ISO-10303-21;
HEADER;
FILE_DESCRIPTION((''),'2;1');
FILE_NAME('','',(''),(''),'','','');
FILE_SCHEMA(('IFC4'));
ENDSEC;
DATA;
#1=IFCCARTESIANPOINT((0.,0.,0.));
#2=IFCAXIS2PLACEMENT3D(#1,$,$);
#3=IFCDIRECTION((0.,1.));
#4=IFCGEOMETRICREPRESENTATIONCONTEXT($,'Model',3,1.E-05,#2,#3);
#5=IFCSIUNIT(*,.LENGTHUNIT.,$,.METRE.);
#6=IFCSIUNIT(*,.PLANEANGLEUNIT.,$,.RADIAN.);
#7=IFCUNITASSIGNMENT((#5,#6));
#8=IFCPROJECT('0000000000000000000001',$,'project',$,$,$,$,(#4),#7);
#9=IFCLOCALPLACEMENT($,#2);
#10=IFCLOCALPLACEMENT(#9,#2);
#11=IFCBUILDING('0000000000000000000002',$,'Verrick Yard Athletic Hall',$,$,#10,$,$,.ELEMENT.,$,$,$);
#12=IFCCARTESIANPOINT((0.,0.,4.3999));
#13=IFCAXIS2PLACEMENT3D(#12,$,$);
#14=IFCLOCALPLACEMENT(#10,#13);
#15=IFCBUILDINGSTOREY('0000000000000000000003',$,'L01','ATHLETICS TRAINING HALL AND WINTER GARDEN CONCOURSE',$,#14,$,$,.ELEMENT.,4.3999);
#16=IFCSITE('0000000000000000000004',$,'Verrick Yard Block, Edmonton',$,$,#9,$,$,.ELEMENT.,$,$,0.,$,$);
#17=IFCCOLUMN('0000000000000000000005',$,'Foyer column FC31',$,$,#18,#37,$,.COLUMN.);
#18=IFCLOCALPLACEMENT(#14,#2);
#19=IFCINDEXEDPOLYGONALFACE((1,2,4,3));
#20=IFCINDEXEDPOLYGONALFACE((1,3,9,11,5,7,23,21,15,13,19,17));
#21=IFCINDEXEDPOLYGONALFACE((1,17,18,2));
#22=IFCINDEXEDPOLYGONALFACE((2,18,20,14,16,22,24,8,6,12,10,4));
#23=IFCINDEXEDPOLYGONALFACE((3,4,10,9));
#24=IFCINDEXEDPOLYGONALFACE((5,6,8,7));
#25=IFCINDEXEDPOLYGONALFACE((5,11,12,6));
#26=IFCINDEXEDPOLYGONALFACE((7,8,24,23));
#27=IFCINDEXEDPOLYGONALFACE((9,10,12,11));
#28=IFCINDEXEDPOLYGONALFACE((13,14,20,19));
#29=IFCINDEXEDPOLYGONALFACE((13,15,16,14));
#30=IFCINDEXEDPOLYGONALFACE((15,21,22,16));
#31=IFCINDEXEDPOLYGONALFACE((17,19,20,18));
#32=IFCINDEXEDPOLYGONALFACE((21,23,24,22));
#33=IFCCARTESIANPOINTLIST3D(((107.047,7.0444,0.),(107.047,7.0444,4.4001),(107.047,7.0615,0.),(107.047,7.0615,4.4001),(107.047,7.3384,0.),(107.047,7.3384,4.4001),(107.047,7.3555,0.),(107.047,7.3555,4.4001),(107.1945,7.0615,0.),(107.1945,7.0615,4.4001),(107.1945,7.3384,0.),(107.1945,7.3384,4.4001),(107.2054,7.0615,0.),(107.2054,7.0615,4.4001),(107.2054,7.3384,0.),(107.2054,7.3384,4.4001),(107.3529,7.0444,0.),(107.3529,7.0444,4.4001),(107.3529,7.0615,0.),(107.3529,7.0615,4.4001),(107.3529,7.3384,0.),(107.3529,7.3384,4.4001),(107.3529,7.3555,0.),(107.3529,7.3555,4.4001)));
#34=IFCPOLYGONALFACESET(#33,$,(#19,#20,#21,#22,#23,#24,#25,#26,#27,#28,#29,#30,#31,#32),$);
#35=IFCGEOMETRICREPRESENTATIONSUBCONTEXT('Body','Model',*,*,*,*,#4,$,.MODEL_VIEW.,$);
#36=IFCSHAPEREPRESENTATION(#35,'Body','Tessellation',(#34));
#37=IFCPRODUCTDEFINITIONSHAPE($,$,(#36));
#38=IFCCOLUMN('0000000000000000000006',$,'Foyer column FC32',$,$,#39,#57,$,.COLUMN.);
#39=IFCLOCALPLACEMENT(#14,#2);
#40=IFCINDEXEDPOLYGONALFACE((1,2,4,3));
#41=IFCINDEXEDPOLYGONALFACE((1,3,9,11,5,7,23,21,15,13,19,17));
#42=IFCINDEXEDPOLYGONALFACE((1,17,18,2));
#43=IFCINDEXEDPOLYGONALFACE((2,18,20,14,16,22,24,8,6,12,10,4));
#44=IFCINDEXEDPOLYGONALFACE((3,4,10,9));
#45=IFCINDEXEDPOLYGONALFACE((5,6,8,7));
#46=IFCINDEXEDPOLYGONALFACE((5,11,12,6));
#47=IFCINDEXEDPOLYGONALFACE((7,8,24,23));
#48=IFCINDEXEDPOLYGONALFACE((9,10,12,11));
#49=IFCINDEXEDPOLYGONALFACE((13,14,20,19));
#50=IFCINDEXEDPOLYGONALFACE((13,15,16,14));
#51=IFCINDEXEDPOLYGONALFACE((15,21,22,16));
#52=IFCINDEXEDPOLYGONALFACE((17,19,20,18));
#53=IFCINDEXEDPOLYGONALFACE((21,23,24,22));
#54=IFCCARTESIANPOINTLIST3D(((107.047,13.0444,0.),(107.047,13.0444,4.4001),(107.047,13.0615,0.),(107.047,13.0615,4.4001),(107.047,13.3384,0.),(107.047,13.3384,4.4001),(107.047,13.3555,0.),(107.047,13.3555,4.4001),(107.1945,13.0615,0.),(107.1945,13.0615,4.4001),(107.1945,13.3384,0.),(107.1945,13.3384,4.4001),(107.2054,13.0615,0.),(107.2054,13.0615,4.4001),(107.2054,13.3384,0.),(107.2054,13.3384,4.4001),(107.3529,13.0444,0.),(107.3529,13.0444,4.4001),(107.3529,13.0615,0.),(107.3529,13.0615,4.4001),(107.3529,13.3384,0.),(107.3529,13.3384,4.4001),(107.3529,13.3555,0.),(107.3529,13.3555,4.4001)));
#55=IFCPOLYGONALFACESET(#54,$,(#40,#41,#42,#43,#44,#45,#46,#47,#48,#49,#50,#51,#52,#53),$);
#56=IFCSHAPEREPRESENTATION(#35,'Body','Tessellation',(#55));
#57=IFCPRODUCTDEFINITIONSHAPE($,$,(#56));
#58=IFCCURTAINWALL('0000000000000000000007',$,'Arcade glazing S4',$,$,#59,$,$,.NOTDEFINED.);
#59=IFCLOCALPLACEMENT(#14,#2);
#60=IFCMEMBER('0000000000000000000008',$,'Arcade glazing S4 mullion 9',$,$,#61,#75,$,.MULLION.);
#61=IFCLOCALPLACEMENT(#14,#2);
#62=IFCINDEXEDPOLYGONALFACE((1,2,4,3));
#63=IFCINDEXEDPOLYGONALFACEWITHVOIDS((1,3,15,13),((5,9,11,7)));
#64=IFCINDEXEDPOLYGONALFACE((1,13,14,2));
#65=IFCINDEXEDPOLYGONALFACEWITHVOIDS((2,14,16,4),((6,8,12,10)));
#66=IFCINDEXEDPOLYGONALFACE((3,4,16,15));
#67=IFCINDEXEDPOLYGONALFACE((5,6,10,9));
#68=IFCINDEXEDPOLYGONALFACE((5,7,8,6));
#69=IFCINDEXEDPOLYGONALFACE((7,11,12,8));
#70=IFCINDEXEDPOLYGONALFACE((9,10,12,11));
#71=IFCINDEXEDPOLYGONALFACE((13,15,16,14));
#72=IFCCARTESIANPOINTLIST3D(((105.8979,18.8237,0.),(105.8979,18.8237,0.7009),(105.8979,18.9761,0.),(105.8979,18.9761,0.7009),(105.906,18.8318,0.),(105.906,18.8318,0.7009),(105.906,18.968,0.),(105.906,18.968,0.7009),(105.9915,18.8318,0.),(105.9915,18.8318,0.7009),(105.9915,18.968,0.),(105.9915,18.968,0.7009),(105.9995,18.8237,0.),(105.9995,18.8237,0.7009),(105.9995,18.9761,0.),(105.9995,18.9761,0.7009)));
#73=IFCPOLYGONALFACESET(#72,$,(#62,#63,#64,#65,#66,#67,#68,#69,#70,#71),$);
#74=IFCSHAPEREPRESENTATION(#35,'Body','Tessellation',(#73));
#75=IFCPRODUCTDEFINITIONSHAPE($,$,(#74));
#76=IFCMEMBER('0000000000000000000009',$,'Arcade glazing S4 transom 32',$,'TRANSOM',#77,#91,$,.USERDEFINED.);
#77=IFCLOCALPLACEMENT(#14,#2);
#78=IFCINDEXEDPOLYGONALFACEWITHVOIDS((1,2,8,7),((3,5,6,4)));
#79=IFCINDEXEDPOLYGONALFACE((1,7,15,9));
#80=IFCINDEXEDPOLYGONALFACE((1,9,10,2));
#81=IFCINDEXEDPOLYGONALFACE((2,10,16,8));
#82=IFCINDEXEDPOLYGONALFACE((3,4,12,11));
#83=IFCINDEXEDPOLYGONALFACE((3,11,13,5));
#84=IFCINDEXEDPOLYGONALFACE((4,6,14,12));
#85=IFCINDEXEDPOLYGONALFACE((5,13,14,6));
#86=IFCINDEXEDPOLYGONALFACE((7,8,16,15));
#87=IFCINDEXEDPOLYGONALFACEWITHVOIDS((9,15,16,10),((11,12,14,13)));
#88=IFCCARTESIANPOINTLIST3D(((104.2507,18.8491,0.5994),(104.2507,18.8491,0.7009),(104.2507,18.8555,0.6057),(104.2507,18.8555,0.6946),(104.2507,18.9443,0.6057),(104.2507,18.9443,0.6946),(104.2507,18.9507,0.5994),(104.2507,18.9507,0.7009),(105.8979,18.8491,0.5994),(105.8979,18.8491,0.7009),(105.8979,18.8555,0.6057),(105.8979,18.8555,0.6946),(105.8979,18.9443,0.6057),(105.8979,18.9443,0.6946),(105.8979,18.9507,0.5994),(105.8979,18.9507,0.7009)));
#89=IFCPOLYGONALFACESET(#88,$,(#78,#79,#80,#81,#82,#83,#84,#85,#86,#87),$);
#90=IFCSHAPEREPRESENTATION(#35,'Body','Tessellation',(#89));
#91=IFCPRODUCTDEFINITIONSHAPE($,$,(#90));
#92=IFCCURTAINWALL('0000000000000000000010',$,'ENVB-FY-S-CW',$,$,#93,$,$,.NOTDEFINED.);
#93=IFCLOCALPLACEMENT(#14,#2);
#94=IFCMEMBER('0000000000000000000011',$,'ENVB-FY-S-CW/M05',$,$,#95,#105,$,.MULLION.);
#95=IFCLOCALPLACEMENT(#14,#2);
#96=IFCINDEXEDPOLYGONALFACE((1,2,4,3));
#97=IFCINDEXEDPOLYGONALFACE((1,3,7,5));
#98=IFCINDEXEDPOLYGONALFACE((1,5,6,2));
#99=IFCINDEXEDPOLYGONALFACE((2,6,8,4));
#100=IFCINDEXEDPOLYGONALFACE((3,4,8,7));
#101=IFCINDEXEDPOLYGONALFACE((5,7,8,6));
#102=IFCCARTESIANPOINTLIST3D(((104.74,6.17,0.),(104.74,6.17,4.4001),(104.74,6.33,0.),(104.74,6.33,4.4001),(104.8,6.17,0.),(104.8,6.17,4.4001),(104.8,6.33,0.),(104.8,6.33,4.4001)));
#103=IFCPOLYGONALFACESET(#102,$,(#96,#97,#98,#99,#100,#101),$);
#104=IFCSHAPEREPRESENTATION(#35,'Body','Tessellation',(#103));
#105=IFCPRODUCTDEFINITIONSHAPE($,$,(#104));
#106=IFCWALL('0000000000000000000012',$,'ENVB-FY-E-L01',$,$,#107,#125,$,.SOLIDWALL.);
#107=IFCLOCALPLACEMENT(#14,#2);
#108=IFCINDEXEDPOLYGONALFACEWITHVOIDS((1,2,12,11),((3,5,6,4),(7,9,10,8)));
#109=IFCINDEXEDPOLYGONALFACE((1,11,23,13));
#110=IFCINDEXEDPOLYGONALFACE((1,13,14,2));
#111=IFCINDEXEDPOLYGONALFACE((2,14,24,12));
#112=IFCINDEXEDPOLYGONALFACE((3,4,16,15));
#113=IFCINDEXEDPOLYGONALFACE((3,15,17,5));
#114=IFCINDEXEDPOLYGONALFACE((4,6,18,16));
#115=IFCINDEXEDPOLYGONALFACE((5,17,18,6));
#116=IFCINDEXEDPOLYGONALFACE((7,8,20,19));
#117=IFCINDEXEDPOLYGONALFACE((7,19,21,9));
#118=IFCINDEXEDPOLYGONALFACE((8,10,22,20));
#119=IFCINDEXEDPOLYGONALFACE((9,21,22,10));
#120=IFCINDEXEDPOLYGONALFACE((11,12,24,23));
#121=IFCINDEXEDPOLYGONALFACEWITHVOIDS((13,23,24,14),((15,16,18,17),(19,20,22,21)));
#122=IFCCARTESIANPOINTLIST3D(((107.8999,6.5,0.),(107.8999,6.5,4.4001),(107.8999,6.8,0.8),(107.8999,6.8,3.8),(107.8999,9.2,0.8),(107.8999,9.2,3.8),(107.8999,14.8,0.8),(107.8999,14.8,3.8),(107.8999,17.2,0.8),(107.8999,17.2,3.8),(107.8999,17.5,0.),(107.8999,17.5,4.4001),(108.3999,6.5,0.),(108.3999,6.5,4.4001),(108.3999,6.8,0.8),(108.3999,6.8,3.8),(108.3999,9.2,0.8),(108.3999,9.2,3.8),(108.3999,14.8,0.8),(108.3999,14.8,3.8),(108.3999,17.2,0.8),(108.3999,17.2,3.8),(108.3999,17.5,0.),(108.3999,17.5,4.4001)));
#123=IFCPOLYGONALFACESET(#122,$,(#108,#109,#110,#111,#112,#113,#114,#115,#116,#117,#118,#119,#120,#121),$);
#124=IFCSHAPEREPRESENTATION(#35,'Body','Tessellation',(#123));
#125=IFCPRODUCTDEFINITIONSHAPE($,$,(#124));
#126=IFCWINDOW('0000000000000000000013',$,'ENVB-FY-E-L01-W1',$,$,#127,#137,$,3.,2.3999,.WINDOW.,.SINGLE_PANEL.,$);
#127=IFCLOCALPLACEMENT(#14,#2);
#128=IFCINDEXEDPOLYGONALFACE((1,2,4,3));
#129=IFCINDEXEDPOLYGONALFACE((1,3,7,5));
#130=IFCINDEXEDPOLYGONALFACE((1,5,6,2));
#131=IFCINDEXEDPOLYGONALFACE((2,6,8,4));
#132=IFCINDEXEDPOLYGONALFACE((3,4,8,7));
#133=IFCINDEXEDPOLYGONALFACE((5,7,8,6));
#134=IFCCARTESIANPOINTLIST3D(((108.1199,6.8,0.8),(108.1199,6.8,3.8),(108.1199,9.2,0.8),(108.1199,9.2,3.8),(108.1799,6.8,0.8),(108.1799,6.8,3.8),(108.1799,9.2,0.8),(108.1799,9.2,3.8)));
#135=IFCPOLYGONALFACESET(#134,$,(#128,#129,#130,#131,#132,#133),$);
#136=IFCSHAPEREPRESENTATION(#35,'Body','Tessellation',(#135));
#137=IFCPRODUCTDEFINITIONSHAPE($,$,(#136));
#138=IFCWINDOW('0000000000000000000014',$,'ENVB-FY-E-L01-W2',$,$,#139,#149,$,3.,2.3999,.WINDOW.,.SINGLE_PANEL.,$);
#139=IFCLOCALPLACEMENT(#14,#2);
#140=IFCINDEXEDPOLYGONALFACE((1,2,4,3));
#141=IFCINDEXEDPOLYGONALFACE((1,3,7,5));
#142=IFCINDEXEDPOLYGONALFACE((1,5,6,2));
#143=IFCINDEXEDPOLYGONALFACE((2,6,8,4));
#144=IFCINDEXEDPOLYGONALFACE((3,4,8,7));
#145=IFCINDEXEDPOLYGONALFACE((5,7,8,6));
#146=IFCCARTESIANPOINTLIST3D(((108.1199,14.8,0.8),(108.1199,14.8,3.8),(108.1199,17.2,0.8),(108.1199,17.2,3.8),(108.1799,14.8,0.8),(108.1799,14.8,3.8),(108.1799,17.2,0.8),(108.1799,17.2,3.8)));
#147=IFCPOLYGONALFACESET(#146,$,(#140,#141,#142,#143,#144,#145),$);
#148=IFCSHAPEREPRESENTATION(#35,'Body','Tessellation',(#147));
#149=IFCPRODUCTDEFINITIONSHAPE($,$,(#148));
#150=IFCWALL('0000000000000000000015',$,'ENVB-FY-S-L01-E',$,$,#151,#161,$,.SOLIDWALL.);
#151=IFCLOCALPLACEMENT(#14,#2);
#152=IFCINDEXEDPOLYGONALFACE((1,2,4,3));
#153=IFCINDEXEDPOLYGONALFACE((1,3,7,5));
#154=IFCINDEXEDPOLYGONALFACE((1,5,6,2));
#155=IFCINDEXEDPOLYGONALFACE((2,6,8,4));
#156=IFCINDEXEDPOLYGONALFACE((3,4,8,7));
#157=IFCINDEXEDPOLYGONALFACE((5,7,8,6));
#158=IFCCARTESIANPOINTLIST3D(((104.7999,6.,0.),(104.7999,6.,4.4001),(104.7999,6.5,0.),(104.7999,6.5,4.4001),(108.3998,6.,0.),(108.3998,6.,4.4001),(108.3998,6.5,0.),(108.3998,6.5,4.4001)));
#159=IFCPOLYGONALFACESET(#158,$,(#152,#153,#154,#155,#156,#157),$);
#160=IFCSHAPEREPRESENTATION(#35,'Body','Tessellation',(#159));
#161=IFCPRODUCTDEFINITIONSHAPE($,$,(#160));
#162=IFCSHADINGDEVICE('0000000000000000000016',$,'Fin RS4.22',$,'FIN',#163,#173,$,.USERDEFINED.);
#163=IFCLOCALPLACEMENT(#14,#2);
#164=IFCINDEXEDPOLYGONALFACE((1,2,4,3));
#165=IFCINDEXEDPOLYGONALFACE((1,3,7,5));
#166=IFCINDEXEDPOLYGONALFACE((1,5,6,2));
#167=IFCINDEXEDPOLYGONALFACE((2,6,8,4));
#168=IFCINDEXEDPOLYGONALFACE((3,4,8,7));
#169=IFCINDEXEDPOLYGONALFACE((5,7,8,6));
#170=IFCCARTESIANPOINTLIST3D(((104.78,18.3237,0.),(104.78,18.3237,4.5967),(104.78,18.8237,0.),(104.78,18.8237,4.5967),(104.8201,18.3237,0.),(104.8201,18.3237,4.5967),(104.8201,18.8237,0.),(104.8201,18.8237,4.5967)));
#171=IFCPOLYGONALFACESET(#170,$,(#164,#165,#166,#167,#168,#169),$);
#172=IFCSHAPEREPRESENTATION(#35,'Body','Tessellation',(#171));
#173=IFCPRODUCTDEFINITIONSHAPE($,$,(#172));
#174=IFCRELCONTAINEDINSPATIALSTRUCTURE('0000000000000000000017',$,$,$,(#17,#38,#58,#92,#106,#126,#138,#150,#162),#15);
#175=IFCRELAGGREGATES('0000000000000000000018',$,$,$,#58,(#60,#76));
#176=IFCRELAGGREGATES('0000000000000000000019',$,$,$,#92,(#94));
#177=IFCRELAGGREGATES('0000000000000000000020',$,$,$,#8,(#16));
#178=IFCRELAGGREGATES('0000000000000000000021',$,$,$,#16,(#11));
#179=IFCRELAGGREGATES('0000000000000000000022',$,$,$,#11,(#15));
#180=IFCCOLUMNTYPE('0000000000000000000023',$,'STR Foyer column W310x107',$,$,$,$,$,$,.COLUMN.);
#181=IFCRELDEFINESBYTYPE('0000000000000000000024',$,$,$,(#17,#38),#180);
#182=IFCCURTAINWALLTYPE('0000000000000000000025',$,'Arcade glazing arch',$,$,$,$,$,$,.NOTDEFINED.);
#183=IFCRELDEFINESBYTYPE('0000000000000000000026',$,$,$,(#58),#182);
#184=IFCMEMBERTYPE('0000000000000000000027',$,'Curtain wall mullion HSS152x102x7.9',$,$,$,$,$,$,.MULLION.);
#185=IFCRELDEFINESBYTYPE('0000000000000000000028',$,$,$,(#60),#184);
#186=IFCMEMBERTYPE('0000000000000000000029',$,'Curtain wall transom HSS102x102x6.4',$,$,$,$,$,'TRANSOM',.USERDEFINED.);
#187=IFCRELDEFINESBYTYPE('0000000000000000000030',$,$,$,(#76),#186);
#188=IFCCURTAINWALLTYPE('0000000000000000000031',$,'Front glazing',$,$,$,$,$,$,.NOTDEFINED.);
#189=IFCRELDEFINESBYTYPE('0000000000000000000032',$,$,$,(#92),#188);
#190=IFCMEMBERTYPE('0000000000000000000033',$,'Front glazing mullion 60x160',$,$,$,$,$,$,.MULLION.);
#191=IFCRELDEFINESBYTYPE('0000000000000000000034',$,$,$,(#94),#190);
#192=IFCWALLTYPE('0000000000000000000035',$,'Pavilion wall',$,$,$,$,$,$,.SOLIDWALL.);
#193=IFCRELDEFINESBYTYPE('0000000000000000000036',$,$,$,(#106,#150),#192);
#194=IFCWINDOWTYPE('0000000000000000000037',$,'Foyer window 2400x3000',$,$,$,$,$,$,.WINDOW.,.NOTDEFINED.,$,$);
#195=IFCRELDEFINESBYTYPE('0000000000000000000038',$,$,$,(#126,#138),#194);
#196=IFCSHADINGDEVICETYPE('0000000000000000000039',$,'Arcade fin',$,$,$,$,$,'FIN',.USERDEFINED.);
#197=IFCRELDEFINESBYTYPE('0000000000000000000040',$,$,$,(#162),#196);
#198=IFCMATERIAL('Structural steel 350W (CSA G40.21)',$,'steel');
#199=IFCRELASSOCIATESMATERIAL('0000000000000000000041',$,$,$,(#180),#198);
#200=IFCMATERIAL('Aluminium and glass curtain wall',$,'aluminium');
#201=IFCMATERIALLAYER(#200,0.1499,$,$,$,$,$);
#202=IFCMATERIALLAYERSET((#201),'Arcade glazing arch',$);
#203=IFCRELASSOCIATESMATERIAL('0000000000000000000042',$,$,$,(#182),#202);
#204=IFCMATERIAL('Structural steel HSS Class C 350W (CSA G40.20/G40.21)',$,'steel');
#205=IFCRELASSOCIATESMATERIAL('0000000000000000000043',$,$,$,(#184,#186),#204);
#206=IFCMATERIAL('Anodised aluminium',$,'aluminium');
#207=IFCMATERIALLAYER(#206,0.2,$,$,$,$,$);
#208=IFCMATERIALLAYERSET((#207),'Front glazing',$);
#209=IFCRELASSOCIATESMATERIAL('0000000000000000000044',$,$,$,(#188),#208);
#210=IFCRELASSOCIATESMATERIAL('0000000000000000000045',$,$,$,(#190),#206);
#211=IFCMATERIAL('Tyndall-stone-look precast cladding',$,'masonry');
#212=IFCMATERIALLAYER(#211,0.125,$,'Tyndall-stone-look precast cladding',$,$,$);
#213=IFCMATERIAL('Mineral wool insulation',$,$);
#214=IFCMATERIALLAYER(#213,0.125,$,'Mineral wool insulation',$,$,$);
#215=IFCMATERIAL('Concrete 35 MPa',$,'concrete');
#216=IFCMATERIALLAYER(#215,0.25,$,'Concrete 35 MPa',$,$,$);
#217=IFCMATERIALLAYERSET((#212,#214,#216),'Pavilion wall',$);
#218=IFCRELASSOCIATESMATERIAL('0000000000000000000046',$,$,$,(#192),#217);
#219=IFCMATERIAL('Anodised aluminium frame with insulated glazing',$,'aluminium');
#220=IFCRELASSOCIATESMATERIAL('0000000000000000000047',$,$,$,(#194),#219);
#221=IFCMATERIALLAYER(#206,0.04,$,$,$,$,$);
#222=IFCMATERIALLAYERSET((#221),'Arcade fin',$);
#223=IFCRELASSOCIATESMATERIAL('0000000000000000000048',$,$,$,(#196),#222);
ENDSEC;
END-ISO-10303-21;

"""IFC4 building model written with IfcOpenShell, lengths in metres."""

from ifc_helpers import new_model, si_unit, direction, frame, frame_2d, origin, origin_2d, place, context, subcontext, project, spatial, polyline, rectangle, hollow_rectangle, i_section, outline, extrude, material, layer, layer_set, material_profile, profile_set, type_object, element, fill, aggregate, save


model = new_model("IFC4")

# Units and contexts
model_context = context("Model", 3, precision=1e-05, world=origin(), true_north=direction((0.0, 1.0)))
body_context = subcontext(model_context, "Body", "Model", "MODEL_VIEW")
ifc_project = project(units=[si_unit("LENGTHUNIT", "METRE"), si_unit("PLANEANGLEUNIT", "RADIAN")], contexts=[model_context])

# Site, building, storey
site_placement = place(None, origin())
site = spatial("IfcSite", under=ifc_project, at=site_placement, Name="Verrick Yard Block, Edmonton", CompositionType="ELEMENT", RefElevation=0.0)
building_placement = place(site_placement, origin())
building = spatial("IfcBuilding", under=site, at=building_placement, Name="Verrick Yard Athletic Hall", CompositionType="ELEMENT")
storey_placement = place(building_placement, frame((0.0, 0.0, 4.3999)))
storey = spatial("IfcBuildingStorey", under=building, at=storey_placement, Name="L01", Description="ATHLETICS TRAINING HALL AND WINTER GARDEN CONCOURSE", CompositionType="ELEMENT", Elevation=4.3999)

# Columns
ifc_material_1 = material(Name="Structural steel 350W (CSA G40.21)", Category="steel")
ifc_material_profile_1 = material_profile(ifc_material_1, i_section(OverallWidth=0.3059, OverallDepth=0.311, WebThickness=0.011, FlangeThickness=0.0171, at=origin_2d()), Name="W310x107")
ifc_profile_set_1 = profile_set([ifc_material_profile_1], Name="Structural steel 350W (CSA G40.21)")
column_type = type_object("IfcColumnType", Name="STR Foyer column W310x107", PredefinedType="COLUMN", material=ifc_profile_set_1)
for number, where, z_axis, x_axis, name in (
    (1, (107.2, 7.2, 0.0), (0.0, 0.0, 1.0), (1.0, 0.0, 0.0), "Foyer column FC31"),
    (2, (107.2, 13.2, 0.0), (0.0, 0.0, 1.0), (1.0, 0.0, 0.0), "Foyer column FC32"),
):
    element("IfcColumn", number, at=place(storey_placement, frame(where, z_axis=z_axis, x_axis=x_axis)), inside=storey, type_object=column_type, Name=name, PredefinedType="COLUMN", context=body_context, shape_type="SweptSolid", body=[
        extrude(i_section(OverallWidth=0.3059, OverallDepth=0.311, WebThickness=0.011, FlangeThickness=0.0171, at=origin_2d()), origin(), (0.0, 0.0, 1.0), 4.4001),
    ])

# Curtain wall, members
ifc_material_2 = material(Name="Aluminium and glass curtain wall", Category="aluminium")
ifc_layer_1 = layer(ifc_material_2, 0.1499)
ifc_layer_set_1 = layer_set([ifc_layer_1], Name="Arcade glazing arch")
curtain_wall_type_1 = type_object("IfcCurtainWallType", Name="Arcade glazing arch", PredefinedType="NOTDEFINED", material=ifc_layer_set_1)
curtain_wall_1_placement = place(storey_placement, origin())
curtain_wall_1 = element("IfcCurtainWall", 3, at=curtain_wall_1_placement, inside=storey, type_object=curtain_wall_type_1, Name="Arcade glazing S4", PredefinedType="NOTDEFINED")
ifc_material_3 = material(Name="Structural steel HSS Class C 350W (CSA G40.20/G40.21)", Category="steel")
ifc_material_profile_2 = material_profile(ifc_material_3, hollow_rectangle(XDim=0.1016, YDim=0.1523, WallThickness=0.0081, at=origin_2d()), Name="HSS152x102x7.9")
ifc_profile_set_2 = profile_set([ifc_material_profile_2], Name="Structural steel HSS Class C 350W (CSA G40.20/G40.21)")
member_type_1 = type_object("IfcMemberType", Name="Curtain wall mullion HSS152x102x7.9", PredefinedType="MULLION", material=ifc_profile_set_2)
member_1_placement = place(storey_placement, frame((105.9487, 18.8999, 0.0), z_axis=(0.0, 0.0, 1.0), x_axis=(1.0, 0.0, 0.0)))
member_1 = element("IfcMember", 4, at=member_1_placement, type_object=member_type_1, Name="Arcade glazing S4 mullion 9", PredefinedType="MULLION", context=body_context, shape_type="SweptSolid", body=[
    extrude(hollow_rectangle(XDim=0.1016, YDim=0.1523, WallThickness=0.0081, at=origin_2d()), origin(), (0.0, 0.0, 1.0), 0.7009),
])
ifc_material_profile_3 = material_profile(ifc_material_3, hollow_rectangle(XDim=0.1016, YDim=0.1016, WallThickness=0.0063, at=origin_2d()), Name="HSS102x102x6.4")
ifc_profile_set_3 = profile_set([ifc_material_profile_3], Name="Structural steel HSS Class C 350W (CSA G40.20/G40.21)")
member_type_2 = type_object("IfcMemberType", Name="Curtain wall transom HSS102x102x6.4", ElementType="TRANSOM", PredefinedType="USERDEFINED", material=ifc_profile_set_3)
member_2_placement = place(storey_placement, frame((104.2507, 18.8999, 0.6501), z_axis=(1.0, 0.0, 0.0), x_axis=(0.0, 1.0, 0.0)))
member_2 = element("IfcMember", 5, at=member_2_placement, type_object=member_type_2, Name="Arcade glazing S4 transom 32", ObjectType="TRANSOM", PredefinedType="USERDEFINED", context=body_context, shape_type="SweptSolid", body=[
    extrude(hollow_rectangle(XDim=0.1016, YDim=0.1016, WallThickness=0.0063, at=origin_2d()), origin(), (0.0, 0.0, 1.0), 1.6472),
])
aggregate(curtain_wall_1, [member_1, member_2])

# Curtain wall, member
ifc_material_4 = material(Name="Anodised aluminium", Category="aluminium")
ifc_layer_2 = layer(ifc_material_4, 0.2)
ifc_layer_set_2 = layer_set([ifc_layer_2], Name="Front glazing")
curtain_wall_type_2 = type_object("IfcCurtainWallType", Name="Front glazing", PredefinedType="NOTDEFINED", material=ifc_layer_set_2)
curtain_wall_2_placement = place(storey_placement, origin())
curtain_wall_2 = element("IfcCurtainWall", 6, at=curtain_wall_2_placement, inside=storey, type_object=curtain_wall_type_2, Name="ENVB-FY-S-CW", PredefinedType="NOTDEFINED")
ifc_material_profile_4 = material_profile(ifc_material_4, rectangle(XDim=0.1599, YDim=0.0601, at=origin_2d()), Name="CW mullion 60x160")
ifc_profile_set_4 = profile_set([ifc_material_profile_4], Name="Anodised aluminium")
member_type_3 = type_object("IfcMemberType", Name="Front glazing mullion 60x160", PredefinedType="MULLION", material=ifc_profile_set_4)
member_3_placement = place(storey_placement, frame((104.77, 6.25, 0.0), z_axis=(0.0, 0.0, 1.0), x_axis=(0.0, 1.0, 0.0)))
member_3 = element("IfcMember", 7, at=member_3_placement, type_object=member_type_3, Name="ENVB-FY-S-CW/M05", PredefinedType="MULLION", context=body_context, shape_type="SweptSolid", body=[
    extrude(rectangle(XDim=0.1599, YDim=0.0601, at=origin_2d()), origin(), (0.0, 0.0, 1.0), 4.4001),
])
aggregate(curtain_wall_2, [member_3])

# Wall, openings, windows
ifc_material_5 = material(Name="Tyndall-stone-look precast cladding", Category="masonry")
ifc_layer_3 = layer(ifc_material_5, 0.125, Name="Tyndall-stone-look precast cladding")
ifc_material_6 = material(Name="Mineral wool insulation")
ifc_layer_4 = layer(ifc_material_6, 0.125, Name="Mineral wool insulation")
ifc_material_7 = material(Name="Concrete 35 MPa", Category="concrete")
ifc_layer_5 = layer(ifc_material_7, 0.25, Name="Concrete 35 MPa")
ifc_layer_set_3 = layer_set([ifc_layer_3, ifc_layer_4, ifc_layer_5], Name="Pavilion wall")
wall_type = type_object("IfcWallType", Name="Pavilion wall", PredefinedType="SOLIDWALL", material=ifc_layer_set_3)
wall_1_placement = place(storey_placement, frame((108.1499, 6.5, 0.0), z_axis=(0.0, 0.0, 1.0), x_axis=(0.0, 1.0, 0.0)))
wall_1 = element("IfcWall", 8, at=wall_1_placement, inside=storey, type_object=wall_type, Name="ENVB-FY-E-L01", PredefinedType="SOLIDWALL", context=body_context, shape_type="SweptSolid", body=[
    extrude(rectangle(XDim=11.0, YDim=0.5, at=frame_2d((5.5, 0.0))), origin(), (0.0, 0.0, 1.0), 4.4001),
])
opening_1_placement = place(wall_1_placement, frame((0.3, 0.0, 0.8)))
opening_1 = element("IfcOpeningElement", 9, at=opening_1_placement, cuts=wall_1, PredefinedType="OPENING", context=body_context, shape_type="SweptSolid", body=[
    extrude(rectangle(XDim=2.3999, YDim=3.0, at=frame_2d((1.2, 1.5))), frame((0.0, 0.26, 0.0), z_axis=(0.0, -1.0, 0.0), x_axis=(1.0, 0.0, 0.0)), (0.0, 0.0, 1.0), 0.52),
])
opening_2_placement = place(wall_1_placement, frame((8.3, 0.0, 0.8)))
opening_2 = element("IfcOpeningElement", 10, at=opening_2_placement, cuts=wall_1, PredefinedType="OPENING", context=body_context, shape_type="SweptSolid", body=[
    extrude(rectangle(XDim=2.3999, YDim=3.0, at=frame_2d((1.2, 1.5))), frame((0.0, 0.26, 0.0), z_axis=(0.0, -1.0, 0.0), x_axis=(1.0, 0.0, 0.0)), (0.0, 0.0, 1.0), 0.52),
])
ifc_material_8 = material(Name="Anodised aluminium frame with insulated glazing", Category="aluminium")
window_type = type_object("IfcWindowType", Name="Foyer window 2400x3000", PartitioningType="NOTDEFINED", PredefinedType="WINDOW", material=ifc_material_8)
window_1_placement = place(opening_1_placement, origin())
window_1 = element("IfcWindow", 11, at=window_1_placement, inside=storey, type_object=window_type, Name="ENVB-FY-E-L01-W1", OverallHeight=3.0, OverallWidth=2.3999, PartitioningType="SINGLE_PANEL", PredefinedType="WINDOW", context=body_context, shape_type="SweptSolid", body=[
    extrude(rectangle(XDim=2.3999, YDim=3.0, at=frame_2d((1.2, 1.5))), frame((0.0, 0.03, 0.0), z_axis=(0.0, -1.0, 0.0), x_axis=(1.0, 0.0, 0.0)), (0.0, 0.0, 1.0), 0.0601),
])
fill(opening_1, window_1)
window_2_placement = place(opening_2_placement, origin())
window_2 = element("IfcWindow", 12, at=window_2_placement, inside=storey, type_object=window_type, Name="ENVB-FY-E-L01-W2", OverallHeight=3.0, OverallWidth=2.3999, PartitioningType="SINGLE_PANEL", PredefinedType="WINDOW", context=body_context, shape_type="SweptSolid", body=[
    extrude(rectangle(XDim=2.3999, YDim=3.0, at=frame_2d((1.2, 1.5))), frame((0.0, 0.03, 0.0), z_axis=(0.0, -1.0, 0.0), x_axis=(1.0, 0.0, 0.0)), (0.0, 0.0, 1.0), 0.0601),
])
fill(opening_2, window_2)

# Wall
wall_2_placement = place(storey_placement, frame((104.8, 6.25, 0.0), z_axis=(0.0, 0.0, 1.0), x_axis=(1.0, 0.0, 0.0)))
element("IfcWall", 13, at=wall_2_placement, inside=storey, type_object=wall_type, Name="ENVB-FY-S-L01-E", PredefinedType="SOLIDWALL", context=body_context, shape_type="SweptSolid", body=[
    extrude(rectangle(XDim=3.5999, YDim=0.5, at=frame_2d((1.7998, 0.0))), origin(), (0.0, 0.0, 1.0), 4.4001),
])

# Shading device
ifc_layer_6 = layer(ifc_material_4, 0.04)
ifc_layer_set_4 = layer_set([ifc_layer_6], Name="Arcade fin")
shading_device_type = type_object("IfcShadingDeviceType", Name="Arcade fin", ElementType="FIN", PredefinedType="USERDEFINED", material=ifc_layer_set_4)
shading_device_1_placement = place(storey_placement, frame((104.8, 18.8237, 0.0), z_axis=(0.0, 0.0, 1.0), x_axis=(0.0, -1.0, 0.0)))
element("IfcShadingDevice", 14, at=shading_device_1_placement, inside=storey, type_object=shading_device_type, Name="Fin RS4.22", ObjectType="FIN", PredefinedType="USERDEFINED", context=body_context, shape_type="SweptSolid", body=[
    extrude(outline(polyline([(0.0, 0.0), (0.5, 0.0), (0.5, 4.5967), (0.0, 4.5967), (0.0, 0.0)])), frame((0.0, 0.02, 0.0), z_axis=(0.0, -1.0, 0.0), x_axis=(1.0, 0.0, 0.0)), (0.0, 0.0, 1.0), 0.04),
])

save(model, "model.ifc")
